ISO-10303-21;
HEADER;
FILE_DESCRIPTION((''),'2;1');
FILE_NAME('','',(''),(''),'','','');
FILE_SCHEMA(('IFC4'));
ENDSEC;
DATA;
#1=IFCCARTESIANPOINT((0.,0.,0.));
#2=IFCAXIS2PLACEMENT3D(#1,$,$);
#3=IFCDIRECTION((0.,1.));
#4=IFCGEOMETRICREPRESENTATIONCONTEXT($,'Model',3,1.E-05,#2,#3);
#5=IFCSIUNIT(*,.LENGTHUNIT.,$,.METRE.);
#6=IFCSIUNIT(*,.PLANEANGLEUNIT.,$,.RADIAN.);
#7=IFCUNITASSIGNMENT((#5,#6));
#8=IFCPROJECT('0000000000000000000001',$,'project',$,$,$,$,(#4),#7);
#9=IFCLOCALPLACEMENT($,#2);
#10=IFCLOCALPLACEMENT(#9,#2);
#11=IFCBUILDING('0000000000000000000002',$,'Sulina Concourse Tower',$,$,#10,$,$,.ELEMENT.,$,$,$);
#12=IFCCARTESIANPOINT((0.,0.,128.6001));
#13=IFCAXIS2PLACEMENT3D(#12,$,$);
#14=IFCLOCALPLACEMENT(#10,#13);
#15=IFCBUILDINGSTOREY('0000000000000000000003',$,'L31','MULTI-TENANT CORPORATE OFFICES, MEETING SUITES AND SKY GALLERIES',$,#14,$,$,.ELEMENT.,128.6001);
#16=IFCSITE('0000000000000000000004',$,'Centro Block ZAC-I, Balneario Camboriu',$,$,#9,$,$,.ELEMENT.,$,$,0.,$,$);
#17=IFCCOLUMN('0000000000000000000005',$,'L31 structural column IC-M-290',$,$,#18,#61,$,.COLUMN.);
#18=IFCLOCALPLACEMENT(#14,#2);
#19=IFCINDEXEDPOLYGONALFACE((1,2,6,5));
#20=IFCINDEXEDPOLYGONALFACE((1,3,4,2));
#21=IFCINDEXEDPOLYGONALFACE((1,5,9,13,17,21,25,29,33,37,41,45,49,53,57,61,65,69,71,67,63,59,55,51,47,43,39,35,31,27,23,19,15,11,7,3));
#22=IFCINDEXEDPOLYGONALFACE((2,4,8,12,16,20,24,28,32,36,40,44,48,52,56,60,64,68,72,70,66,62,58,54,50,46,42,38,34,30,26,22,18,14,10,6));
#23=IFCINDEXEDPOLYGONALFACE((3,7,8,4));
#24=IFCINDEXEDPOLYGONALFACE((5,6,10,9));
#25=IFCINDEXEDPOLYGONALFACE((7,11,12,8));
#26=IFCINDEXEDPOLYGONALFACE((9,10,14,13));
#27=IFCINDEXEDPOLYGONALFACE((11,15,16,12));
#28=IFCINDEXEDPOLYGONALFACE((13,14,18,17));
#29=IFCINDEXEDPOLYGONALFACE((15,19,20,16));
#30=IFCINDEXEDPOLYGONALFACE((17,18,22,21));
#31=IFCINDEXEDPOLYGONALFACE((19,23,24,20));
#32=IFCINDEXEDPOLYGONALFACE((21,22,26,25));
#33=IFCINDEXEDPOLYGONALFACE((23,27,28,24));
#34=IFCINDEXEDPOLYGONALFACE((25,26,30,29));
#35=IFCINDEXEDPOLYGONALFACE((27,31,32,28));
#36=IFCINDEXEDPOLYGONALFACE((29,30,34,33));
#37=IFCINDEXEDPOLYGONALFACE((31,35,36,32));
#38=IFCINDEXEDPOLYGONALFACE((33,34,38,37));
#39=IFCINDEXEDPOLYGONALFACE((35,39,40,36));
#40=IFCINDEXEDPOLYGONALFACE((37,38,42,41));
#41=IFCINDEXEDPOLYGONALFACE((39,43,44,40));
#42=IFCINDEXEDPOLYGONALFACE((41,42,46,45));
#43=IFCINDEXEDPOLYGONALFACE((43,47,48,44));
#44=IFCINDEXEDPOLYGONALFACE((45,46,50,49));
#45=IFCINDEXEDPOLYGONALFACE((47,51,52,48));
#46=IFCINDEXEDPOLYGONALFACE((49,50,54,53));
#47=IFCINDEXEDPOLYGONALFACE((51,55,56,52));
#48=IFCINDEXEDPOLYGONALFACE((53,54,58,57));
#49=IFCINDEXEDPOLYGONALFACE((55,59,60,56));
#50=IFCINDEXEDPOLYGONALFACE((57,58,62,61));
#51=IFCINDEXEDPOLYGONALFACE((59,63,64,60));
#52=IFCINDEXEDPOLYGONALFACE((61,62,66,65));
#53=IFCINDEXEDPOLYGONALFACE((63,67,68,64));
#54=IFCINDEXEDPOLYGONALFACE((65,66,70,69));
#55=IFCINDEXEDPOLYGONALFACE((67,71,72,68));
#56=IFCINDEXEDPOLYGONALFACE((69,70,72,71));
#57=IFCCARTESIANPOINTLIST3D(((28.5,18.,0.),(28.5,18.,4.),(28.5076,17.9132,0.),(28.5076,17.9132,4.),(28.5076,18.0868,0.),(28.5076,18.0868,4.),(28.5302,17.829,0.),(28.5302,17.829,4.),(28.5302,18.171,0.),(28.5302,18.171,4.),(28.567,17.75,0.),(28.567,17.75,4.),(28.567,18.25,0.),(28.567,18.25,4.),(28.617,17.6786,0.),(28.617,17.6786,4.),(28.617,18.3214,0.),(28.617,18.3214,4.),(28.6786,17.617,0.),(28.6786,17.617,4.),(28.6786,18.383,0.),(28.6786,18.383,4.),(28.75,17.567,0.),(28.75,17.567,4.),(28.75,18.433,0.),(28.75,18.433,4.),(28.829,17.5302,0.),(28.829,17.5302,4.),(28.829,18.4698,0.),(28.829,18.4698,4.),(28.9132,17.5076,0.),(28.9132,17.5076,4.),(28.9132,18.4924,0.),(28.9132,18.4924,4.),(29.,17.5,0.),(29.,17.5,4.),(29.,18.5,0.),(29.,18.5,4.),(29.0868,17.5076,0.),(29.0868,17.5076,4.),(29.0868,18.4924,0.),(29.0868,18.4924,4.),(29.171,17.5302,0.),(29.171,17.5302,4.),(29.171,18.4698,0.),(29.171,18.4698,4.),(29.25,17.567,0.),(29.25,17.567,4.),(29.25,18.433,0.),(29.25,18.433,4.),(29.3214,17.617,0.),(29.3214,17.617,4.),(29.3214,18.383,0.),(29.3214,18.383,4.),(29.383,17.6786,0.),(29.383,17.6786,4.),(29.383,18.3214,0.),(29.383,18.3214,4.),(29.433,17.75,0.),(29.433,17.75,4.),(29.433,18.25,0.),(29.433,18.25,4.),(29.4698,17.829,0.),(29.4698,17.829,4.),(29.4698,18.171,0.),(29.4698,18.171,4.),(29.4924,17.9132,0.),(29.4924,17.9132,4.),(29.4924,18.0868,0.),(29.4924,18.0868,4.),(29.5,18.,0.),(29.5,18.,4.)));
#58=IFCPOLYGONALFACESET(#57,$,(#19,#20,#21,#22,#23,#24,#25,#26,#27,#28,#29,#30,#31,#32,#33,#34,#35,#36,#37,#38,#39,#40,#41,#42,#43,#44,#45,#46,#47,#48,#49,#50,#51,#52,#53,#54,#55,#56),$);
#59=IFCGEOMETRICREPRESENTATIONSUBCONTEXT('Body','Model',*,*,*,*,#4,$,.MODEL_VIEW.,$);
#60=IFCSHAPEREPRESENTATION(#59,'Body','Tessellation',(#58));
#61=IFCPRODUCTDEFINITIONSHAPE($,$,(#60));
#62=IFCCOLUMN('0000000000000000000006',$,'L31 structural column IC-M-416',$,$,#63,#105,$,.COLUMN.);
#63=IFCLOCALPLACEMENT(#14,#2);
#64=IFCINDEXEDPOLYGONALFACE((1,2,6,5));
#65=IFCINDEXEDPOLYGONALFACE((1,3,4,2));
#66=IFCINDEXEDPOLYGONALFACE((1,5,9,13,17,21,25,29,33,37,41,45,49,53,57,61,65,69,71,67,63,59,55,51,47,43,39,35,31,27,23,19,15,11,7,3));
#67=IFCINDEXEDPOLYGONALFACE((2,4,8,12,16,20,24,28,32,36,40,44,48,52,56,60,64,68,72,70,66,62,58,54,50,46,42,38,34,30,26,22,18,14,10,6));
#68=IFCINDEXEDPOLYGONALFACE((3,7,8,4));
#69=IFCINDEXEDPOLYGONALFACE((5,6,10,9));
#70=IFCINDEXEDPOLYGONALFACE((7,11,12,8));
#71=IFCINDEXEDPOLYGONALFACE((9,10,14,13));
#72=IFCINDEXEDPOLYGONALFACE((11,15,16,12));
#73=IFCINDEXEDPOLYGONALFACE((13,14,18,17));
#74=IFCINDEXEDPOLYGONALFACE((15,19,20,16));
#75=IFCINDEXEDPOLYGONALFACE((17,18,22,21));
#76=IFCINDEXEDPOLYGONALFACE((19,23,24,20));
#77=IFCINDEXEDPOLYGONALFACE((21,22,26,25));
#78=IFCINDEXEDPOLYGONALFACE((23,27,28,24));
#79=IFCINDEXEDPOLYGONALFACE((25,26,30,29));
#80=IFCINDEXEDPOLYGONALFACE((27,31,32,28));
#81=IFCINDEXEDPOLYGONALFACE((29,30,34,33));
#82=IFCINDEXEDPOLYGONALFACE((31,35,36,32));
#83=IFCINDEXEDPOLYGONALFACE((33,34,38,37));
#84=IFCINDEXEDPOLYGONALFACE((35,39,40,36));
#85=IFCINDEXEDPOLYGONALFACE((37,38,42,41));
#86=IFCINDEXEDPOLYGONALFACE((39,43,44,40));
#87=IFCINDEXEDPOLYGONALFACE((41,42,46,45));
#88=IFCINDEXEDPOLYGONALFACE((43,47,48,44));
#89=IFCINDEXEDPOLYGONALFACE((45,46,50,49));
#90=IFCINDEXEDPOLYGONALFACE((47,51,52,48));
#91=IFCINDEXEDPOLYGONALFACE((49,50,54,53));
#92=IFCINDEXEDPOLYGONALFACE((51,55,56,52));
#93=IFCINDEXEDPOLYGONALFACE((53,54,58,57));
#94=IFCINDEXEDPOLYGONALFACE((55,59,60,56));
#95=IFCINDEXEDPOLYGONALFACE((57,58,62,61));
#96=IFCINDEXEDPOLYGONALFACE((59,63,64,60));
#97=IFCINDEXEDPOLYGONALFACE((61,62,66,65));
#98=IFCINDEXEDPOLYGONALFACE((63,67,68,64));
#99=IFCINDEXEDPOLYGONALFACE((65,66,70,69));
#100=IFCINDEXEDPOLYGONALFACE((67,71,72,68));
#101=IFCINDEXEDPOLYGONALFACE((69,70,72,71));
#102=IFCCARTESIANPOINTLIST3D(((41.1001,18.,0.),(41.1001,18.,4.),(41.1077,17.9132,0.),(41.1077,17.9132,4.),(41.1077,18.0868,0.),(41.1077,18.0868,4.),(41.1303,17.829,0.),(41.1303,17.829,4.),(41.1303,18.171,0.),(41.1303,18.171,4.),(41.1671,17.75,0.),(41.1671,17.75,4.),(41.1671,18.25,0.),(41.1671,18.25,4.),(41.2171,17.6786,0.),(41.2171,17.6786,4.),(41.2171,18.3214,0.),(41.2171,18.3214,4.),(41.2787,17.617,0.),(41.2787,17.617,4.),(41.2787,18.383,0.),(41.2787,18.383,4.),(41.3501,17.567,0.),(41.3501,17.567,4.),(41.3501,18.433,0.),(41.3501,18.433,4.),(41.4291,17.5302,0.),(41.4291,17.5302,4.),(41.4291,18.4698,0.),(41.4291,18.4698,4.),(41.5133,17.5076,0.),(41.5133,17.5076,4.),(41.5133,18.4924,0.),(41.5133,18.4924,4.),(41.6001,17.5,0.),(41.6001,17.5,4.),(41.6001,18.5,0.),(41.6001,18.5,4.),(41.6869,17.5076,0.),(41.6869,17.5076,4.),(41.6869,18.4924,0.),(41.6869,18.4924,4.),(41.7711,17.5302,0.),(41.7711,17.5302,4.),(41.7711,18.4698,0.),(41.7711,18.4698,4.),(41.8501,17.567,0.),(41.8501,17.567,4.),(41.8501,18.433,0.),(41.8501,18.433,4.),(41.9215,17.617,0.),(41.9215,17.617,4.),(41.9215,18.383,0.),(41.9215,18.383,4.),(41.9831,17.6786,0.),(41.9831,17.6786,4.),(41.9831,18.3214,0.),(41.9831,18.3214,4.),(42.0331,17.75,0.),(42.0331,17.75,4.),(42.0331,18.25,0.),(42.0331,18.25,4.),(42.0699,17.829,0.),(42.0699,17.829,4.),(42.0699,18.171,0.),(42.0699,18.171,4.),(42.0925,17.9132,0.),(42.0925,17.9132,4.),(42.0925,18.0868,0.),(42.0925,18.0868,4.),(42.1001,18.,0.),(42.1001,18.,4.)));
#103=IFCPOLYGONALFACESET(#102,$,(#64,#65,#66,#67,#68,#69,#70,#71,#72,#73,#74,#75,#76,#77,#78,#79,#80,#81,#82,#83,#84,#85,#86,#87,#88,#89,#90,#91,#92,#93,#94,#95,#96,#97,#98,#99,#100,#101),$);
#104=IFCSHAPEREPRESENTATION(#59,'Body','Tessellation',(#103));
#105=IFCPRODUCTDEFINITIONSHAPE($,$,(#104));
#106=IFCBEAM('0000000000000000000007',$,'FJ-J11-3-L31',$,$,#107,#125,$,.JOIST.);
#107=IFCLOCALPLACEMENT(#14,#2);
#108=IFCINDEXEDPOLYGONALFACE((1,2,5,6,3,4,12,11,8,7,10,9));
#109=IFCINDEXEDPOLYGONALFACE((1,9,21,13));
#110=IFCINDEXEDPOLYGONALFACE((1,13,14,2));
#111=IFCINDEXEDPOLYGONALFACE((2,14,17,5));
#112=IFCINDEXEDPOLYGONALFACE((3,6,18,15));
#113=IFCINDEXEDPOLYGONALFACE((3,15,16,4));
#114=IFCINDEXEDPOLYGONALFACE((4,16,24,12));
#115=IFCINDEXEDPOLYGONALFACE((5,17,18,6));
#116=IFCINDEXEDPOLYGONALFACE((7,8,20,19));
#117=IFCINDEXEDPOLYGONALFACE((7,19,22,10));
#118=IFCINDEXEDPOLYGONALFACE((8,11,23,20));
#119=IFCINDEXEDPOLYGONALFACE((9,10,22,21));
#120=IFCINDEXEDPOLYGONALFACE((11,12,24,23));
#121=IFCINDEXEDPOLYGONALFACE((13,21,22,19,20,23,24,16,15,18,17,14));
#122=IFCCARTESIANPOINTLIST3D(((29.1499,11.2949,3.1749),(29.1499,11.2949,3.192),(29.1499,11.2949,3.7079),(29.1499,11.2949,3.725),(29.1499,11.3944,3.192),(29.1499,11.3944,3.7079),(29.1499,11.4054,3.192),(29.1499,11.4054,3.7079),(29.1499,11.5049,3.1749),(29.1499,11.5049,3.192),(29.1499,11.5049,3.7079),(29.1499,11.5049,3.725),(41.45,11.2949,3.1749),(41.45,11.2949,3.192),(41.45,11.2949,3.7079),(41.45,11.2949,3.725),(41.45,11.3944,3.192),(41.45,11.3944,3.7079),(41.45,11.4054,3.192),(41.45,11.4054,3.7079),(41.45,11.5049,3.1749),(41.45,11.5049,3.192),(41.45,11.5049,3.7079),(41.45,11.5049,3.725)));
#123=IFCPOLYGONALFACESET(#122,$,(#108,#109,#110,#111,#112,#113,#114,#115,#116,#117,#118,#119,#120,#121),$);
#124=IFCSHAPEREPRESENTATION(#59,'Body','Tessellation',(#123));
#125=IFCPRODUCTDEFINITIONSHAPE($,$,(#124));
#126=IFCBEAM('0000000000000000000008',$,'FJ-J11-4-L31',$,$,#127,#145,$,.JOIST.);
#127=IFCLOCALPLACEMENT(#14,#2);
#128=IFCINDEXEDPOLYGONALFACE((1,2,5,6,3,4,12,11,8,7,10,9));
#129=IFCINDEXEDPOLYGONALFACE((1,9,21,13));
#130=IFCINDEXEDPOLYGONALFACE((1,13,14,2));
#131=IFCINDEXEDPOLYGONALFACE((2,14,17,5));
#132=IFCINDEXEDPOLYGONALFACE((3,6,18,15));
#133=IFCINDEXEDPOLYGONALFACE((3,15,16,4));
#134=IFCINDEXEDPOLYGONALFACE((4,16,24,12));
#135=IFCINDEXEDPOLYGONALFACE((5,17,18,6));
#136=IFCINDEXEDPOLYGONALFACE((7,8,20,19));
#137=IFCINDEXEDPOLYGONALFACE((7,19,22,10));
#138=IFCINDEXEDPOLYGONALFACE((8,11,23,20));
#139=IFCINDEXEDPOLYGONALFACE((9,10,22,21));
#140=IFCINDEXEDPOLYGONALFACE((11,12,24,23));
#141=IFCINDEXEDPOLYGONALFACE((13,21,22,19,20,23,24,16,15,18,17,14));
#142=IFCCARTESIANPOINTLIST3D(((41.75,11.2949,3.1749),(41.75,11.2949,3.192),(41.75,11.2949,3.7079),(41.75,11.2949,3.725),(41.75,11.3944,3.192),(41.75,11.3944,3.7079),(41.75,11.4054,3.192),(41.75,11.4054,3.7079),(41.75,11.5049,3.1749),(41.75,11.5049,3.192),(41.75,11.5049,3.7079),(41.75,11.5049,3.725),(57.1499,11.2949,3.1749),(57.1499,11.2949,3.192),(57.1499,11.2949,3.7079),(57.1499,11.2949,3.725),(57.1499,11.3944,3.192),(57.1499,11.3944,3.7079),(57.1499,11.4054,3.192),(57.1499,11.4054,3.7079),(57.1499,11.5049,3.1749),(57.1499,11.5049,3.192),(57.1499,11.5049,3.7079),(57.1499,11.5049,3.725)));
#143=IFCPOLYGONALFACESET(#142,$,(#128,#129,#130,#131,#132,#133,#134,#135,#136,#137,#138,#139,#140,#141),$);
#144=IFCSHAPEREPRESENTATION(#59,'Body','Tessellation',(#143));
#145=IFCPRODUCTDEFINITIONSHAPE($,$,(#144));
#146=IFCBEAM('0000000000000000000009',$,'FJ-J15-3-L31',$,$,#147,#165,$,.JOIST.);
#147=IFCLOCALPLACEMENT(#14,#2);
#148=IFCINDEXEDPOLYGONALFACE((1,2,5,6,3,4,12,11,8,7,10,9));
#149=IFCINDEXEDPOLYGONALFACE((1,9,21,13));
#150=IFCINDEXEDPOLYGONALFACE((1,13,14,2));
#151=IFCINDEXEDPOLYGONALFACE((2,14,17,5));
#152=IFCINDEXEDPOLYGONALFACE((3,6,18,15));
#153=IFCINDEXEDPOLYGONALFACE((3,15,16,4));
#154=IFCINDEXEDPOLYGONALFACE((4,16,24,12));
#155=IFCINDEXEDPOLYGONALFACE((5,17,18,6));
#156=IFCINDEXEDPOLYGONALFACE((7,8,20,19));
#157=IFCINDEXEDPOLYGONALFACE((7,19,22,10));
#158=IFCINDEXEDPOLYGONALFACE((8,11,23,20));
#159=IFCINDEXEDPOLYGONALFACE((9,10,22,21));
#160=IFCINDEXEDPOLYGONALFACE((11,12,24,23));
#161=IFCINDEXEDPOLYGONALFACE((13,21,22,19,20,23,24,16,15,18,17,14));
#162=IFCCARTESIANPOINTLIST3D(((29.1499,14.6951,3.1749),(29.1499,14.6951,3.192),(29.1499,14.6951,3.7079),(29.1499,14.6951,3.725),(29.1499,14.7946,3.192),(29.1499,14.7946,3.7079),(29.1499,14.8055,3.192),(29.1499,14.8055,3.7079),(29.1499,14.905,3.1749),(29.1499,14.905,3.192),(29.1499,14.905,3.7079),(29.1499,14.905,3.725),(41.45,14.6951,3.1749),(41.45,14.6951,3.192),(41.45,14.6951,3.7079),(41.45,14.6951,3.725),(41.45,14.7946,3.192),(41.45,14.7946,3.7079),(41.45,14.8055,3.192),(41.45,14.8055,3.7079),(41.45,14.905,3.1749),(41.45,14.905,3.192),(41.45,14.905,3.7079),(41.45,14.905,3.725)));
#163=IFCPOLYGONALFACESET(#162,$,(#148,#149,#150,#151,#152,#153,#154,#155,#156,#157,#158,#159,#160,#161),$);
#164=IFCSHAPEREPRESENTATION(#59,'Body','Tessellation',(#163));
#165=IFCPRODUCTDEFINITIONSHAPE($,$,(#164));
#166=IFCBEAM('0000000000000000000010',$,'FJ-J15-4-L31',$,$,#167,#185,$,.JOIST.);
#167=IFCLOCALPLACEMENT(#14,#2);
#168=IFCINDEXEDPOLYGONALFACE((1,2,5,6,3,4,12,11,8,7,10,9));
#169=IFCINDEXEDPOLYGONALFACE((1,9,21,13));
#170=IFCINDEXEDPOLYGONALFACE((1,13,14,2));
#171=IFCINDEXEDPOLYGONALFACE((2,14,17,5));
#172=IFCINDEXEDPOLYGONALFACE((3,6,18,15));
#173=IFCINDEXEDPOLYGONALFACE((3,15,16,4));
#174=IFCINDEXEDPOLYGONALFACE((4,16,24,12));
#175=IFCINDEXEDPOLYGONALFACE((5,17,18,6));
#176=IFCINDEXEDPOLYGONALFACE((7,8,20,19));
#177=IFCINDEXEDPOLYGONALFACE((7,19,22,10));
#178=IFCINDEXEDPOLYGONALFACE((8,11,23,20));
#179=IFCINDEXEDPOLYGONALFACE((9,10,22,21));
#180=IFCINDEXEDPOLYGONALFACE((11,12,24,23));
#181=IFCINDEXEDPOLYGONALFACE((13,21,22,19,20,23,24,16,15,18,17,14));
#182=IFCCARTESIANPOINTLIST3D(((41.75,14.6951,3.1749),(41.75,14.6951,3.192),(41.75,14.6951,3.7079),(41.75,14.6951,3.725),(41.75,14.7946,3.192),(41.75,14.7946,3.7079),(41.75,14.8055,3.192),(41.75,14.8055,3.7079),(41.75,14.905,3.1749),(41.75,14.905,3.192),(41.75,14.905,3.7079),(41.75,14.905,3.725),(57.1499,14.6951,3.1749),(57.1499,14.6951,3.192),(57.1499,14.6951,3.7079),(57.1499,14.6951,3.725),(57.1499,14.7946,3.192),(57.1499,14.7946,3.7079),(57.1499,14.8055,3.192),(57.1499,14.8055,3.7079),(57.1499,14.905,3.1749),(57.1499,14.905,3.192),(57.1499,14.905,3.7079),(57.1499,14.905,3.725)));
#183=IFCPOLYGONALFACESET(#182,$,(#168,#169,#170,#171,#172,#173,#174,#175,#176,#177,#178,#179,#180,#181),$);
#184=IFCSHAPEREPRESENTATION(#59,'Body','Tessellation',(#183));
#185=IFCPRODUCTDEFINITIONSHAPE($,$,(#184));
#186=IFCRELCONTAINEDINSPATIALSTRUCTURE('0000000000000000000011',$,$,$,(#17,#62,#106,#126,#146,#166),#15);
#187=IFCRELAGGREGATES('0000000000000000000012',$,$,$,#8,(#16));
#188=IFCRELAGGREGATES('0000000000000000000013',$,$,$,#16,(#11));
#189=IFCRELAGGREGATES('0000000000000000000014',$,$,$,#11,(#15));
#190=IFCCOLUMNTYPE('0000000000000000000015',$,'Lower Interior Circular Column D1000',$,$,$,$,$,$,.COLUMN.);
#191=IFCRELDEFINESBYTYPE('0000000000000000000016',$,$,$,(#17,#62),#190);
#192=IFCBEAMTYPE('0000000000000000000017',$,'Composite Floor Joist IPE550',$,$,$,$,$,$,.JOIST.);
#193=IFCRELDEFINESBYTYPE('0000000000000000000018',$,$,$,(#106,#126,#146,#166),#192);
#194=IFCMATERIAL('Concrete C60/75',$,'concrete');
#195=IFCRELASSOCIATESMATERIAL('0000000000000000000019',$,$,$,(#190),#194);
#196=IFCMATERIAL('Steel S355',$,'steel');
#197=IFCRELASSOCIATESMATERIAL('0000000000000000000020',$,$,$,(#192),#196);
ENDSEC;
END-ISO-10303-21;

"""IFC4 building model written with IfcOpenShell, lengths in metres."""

from ifc_helpers import new_model, si_unit, direction, frame, origin, origin_2d, place, context, subcontext, project, spatial, circle, i_section, extrude, material, material_profile, profile_set, type_object, element, save


model = new_model("IFC4")

# Units and contexts
model_context = context("Model", 3, precision=1e-05, world=origin(), true_north=direction((0.0, 1.0)))
body_context = subcontext(model_context, "Body", "Model", "MODEL_VIEW")
ifc_project = project(units=[si_unit("LENGTHUNIT", "METRE"), si_unit("PLANEANGLEUNIT", "RADIAN")], contexts=[model_context])

# Site, building, storey
site_placement = place(None, origin())
site = spatial("IfcSite", under=ifc_project, at=site_placement, Name="Centro Block ZAC-I, Balneario Camboriu", CompositionType="ELEMENT", RefElevation=0.0)
building_placement = place(site_placement, origin())
building = spatial("IfcBuilding", under=site, at=building_placement, Name="Sulina Concourse Tower", CompositionType="ELEMENT")
storey_placement = place(building_placement, frame((0.0, 0.0, 128.6001)))
storey = spatial("IfcBuildingStorey", under=building, at=storey_placement, Name="L31", Description="MULTI-TENANT CORPORATE OFFICES, MEETING SUITES AND SKY GALLERIES", CompositionType="ELEMENT", Elevation=128.6001)

# Columns
ifc_material_1 = material(Name="Concrete C60/75", Category="concrete")
ifc_material_profile_1 = material_profile(ifc_material_1, circle(Radius=0.5, at=origin_2d()), Name="RC D1000")
ifc_profile_set_1 = profile_set([ifc_material_profile_1], Name="Concrete C60/75")
column_type = type_object("IfcColumnType", Name="Lower Interior Circular Column D1000", PredefinedType="COLUMN", material=ifc_profile_set_1)
for number, where, z_axis, x_axis, name in (
    (1, (29.0, 18.0, 0.0), (0.0, 0.0, 1.0), (1.0, 0.0, 0.0), "L31 structural column IC-M-290"),
    (2, (41.6001, 18.0, 0.0), (0.0, 0.0, 1.0), (1.0, 0.0, 0.0), "L31 structural column IC-M-416"),
):
    element("IfcColumn", number, at=place(storey_placement, frame(where, z_axis=z_axis, x_axis=x_axis)), inside=storey, type_object=column_type, Name=name, PredefinedType="COLUMN", context=body_context, shape_type="SweptSolid", body=[
        extrude(circle(Radius=0.5, at=origin_2d()), origin(), (0.0, 0.0, 1.0), 4.0),
    ])

# Beams
ifc_material_2 = material(Name="Steel S355", Category="steel")
ifc_material_profile_2 = material_profile(ifc_material_2, i_section(OverallWidth=0.21, OverallDepth=0.55, WebThickness=0.011, FlangeThickness=0.0171, at=origin_2d()), Name="IPE 550")
ifc_profile_set_2 = profile_set([ifc_material_profile_2], Name="Steel S355")
beam_type_1 = type_object("IfcBeamType", Name="Composite Floor Joist IPE550", PredefinedType="JOIST", material=ifc_profile_set_2)
beam_1_placement = place(storey_placement, frame((29.1499, 11.3999, 3.45), z_axis=(1.0, 0.0, 0.0), x_axis=(0.0, 1.0, 0.0)))
element("IfcBeam", 3, at=beam_1_placement, inside=storey, type_object=beam_type_1, Name="FJ-J11-3-L31", PredefinedType="JOIST", context=body_context, shape_type="SweptSolid", body=[
    extrude(i_section(OverallWidth=0.21, OverallDepth=0.55, WebThickness=0.011, FlangeThickness=0.0171, at=origin_2d()), origin(), (0.0, 0.0, 1.0), 12.3),
])
beam_2_placement = place(storey_placement, frame((41.75, 11.3999, 3.45), z_axis=(1.0, 0.0, 0.0), x_axis=(0.0, 1.0, 0.0)))
element("IfcBeam", 4, at=beam_2_placement, inside=storey, type_object=beam_type_1, Name="FJ-J11-4-L31", PredefinedType="JOIST", context=body_context, shape_type="SweptSolid", body=[
    extrude(i_section(OverallWidth=0.21, OverallDepth=0.55, WebThickness=0.011, FlangeThickness=0.0171, at=origin_2d()), origin(), (0.0, 0.0, 1.0), 15.3999),
])
beam_3_placement = place(storey_placement, frame((29.1499, 14.8, 3.45), z_axis=(1.0, 0.0, 0.0), x_axis=(0.0, 1.0, 0.0)))
element("IfcBeam", 5, at=beam_3_placement, inside=storey, type_object=beam_type_1, Name="FJ-J15-3-L31", PredefinedType="JOIST", context=body_context, shape_type="SweptSolid", body=[
    extrude(i_section(OverallWidth=0.21, OverallDepth=0.55, WebThickness=0.011, FlangeThickness=0.0171, at=origin_2d()), origin(), (0.0, 0.0, 1.0), 12.3),
])
beam_4_placement = place(storey_placement, frame((41.75, 14.8, 3.45), z_axis=(1.0, 0.0, 0.0), x_axis=(0.0, 1.0, 0.0)))
element("IfcBeam", 6, at=beam_4_placement, inside=storey, type_object=beam_type_1, Name="FJ-J15-4-L31", PredefinedType="JOIST", context=body_context, shape_type="SweptSolid", body=[
    extrude(i_section(OverallWidth=0.21, OverallDepth=0.55, WebThickness=0.011, FlangeThickness=0.0171, at=origin_2d()), origin(), (0.0, 0.0, 1.0), 15.3999),
])

save(model, "model.ifc")
